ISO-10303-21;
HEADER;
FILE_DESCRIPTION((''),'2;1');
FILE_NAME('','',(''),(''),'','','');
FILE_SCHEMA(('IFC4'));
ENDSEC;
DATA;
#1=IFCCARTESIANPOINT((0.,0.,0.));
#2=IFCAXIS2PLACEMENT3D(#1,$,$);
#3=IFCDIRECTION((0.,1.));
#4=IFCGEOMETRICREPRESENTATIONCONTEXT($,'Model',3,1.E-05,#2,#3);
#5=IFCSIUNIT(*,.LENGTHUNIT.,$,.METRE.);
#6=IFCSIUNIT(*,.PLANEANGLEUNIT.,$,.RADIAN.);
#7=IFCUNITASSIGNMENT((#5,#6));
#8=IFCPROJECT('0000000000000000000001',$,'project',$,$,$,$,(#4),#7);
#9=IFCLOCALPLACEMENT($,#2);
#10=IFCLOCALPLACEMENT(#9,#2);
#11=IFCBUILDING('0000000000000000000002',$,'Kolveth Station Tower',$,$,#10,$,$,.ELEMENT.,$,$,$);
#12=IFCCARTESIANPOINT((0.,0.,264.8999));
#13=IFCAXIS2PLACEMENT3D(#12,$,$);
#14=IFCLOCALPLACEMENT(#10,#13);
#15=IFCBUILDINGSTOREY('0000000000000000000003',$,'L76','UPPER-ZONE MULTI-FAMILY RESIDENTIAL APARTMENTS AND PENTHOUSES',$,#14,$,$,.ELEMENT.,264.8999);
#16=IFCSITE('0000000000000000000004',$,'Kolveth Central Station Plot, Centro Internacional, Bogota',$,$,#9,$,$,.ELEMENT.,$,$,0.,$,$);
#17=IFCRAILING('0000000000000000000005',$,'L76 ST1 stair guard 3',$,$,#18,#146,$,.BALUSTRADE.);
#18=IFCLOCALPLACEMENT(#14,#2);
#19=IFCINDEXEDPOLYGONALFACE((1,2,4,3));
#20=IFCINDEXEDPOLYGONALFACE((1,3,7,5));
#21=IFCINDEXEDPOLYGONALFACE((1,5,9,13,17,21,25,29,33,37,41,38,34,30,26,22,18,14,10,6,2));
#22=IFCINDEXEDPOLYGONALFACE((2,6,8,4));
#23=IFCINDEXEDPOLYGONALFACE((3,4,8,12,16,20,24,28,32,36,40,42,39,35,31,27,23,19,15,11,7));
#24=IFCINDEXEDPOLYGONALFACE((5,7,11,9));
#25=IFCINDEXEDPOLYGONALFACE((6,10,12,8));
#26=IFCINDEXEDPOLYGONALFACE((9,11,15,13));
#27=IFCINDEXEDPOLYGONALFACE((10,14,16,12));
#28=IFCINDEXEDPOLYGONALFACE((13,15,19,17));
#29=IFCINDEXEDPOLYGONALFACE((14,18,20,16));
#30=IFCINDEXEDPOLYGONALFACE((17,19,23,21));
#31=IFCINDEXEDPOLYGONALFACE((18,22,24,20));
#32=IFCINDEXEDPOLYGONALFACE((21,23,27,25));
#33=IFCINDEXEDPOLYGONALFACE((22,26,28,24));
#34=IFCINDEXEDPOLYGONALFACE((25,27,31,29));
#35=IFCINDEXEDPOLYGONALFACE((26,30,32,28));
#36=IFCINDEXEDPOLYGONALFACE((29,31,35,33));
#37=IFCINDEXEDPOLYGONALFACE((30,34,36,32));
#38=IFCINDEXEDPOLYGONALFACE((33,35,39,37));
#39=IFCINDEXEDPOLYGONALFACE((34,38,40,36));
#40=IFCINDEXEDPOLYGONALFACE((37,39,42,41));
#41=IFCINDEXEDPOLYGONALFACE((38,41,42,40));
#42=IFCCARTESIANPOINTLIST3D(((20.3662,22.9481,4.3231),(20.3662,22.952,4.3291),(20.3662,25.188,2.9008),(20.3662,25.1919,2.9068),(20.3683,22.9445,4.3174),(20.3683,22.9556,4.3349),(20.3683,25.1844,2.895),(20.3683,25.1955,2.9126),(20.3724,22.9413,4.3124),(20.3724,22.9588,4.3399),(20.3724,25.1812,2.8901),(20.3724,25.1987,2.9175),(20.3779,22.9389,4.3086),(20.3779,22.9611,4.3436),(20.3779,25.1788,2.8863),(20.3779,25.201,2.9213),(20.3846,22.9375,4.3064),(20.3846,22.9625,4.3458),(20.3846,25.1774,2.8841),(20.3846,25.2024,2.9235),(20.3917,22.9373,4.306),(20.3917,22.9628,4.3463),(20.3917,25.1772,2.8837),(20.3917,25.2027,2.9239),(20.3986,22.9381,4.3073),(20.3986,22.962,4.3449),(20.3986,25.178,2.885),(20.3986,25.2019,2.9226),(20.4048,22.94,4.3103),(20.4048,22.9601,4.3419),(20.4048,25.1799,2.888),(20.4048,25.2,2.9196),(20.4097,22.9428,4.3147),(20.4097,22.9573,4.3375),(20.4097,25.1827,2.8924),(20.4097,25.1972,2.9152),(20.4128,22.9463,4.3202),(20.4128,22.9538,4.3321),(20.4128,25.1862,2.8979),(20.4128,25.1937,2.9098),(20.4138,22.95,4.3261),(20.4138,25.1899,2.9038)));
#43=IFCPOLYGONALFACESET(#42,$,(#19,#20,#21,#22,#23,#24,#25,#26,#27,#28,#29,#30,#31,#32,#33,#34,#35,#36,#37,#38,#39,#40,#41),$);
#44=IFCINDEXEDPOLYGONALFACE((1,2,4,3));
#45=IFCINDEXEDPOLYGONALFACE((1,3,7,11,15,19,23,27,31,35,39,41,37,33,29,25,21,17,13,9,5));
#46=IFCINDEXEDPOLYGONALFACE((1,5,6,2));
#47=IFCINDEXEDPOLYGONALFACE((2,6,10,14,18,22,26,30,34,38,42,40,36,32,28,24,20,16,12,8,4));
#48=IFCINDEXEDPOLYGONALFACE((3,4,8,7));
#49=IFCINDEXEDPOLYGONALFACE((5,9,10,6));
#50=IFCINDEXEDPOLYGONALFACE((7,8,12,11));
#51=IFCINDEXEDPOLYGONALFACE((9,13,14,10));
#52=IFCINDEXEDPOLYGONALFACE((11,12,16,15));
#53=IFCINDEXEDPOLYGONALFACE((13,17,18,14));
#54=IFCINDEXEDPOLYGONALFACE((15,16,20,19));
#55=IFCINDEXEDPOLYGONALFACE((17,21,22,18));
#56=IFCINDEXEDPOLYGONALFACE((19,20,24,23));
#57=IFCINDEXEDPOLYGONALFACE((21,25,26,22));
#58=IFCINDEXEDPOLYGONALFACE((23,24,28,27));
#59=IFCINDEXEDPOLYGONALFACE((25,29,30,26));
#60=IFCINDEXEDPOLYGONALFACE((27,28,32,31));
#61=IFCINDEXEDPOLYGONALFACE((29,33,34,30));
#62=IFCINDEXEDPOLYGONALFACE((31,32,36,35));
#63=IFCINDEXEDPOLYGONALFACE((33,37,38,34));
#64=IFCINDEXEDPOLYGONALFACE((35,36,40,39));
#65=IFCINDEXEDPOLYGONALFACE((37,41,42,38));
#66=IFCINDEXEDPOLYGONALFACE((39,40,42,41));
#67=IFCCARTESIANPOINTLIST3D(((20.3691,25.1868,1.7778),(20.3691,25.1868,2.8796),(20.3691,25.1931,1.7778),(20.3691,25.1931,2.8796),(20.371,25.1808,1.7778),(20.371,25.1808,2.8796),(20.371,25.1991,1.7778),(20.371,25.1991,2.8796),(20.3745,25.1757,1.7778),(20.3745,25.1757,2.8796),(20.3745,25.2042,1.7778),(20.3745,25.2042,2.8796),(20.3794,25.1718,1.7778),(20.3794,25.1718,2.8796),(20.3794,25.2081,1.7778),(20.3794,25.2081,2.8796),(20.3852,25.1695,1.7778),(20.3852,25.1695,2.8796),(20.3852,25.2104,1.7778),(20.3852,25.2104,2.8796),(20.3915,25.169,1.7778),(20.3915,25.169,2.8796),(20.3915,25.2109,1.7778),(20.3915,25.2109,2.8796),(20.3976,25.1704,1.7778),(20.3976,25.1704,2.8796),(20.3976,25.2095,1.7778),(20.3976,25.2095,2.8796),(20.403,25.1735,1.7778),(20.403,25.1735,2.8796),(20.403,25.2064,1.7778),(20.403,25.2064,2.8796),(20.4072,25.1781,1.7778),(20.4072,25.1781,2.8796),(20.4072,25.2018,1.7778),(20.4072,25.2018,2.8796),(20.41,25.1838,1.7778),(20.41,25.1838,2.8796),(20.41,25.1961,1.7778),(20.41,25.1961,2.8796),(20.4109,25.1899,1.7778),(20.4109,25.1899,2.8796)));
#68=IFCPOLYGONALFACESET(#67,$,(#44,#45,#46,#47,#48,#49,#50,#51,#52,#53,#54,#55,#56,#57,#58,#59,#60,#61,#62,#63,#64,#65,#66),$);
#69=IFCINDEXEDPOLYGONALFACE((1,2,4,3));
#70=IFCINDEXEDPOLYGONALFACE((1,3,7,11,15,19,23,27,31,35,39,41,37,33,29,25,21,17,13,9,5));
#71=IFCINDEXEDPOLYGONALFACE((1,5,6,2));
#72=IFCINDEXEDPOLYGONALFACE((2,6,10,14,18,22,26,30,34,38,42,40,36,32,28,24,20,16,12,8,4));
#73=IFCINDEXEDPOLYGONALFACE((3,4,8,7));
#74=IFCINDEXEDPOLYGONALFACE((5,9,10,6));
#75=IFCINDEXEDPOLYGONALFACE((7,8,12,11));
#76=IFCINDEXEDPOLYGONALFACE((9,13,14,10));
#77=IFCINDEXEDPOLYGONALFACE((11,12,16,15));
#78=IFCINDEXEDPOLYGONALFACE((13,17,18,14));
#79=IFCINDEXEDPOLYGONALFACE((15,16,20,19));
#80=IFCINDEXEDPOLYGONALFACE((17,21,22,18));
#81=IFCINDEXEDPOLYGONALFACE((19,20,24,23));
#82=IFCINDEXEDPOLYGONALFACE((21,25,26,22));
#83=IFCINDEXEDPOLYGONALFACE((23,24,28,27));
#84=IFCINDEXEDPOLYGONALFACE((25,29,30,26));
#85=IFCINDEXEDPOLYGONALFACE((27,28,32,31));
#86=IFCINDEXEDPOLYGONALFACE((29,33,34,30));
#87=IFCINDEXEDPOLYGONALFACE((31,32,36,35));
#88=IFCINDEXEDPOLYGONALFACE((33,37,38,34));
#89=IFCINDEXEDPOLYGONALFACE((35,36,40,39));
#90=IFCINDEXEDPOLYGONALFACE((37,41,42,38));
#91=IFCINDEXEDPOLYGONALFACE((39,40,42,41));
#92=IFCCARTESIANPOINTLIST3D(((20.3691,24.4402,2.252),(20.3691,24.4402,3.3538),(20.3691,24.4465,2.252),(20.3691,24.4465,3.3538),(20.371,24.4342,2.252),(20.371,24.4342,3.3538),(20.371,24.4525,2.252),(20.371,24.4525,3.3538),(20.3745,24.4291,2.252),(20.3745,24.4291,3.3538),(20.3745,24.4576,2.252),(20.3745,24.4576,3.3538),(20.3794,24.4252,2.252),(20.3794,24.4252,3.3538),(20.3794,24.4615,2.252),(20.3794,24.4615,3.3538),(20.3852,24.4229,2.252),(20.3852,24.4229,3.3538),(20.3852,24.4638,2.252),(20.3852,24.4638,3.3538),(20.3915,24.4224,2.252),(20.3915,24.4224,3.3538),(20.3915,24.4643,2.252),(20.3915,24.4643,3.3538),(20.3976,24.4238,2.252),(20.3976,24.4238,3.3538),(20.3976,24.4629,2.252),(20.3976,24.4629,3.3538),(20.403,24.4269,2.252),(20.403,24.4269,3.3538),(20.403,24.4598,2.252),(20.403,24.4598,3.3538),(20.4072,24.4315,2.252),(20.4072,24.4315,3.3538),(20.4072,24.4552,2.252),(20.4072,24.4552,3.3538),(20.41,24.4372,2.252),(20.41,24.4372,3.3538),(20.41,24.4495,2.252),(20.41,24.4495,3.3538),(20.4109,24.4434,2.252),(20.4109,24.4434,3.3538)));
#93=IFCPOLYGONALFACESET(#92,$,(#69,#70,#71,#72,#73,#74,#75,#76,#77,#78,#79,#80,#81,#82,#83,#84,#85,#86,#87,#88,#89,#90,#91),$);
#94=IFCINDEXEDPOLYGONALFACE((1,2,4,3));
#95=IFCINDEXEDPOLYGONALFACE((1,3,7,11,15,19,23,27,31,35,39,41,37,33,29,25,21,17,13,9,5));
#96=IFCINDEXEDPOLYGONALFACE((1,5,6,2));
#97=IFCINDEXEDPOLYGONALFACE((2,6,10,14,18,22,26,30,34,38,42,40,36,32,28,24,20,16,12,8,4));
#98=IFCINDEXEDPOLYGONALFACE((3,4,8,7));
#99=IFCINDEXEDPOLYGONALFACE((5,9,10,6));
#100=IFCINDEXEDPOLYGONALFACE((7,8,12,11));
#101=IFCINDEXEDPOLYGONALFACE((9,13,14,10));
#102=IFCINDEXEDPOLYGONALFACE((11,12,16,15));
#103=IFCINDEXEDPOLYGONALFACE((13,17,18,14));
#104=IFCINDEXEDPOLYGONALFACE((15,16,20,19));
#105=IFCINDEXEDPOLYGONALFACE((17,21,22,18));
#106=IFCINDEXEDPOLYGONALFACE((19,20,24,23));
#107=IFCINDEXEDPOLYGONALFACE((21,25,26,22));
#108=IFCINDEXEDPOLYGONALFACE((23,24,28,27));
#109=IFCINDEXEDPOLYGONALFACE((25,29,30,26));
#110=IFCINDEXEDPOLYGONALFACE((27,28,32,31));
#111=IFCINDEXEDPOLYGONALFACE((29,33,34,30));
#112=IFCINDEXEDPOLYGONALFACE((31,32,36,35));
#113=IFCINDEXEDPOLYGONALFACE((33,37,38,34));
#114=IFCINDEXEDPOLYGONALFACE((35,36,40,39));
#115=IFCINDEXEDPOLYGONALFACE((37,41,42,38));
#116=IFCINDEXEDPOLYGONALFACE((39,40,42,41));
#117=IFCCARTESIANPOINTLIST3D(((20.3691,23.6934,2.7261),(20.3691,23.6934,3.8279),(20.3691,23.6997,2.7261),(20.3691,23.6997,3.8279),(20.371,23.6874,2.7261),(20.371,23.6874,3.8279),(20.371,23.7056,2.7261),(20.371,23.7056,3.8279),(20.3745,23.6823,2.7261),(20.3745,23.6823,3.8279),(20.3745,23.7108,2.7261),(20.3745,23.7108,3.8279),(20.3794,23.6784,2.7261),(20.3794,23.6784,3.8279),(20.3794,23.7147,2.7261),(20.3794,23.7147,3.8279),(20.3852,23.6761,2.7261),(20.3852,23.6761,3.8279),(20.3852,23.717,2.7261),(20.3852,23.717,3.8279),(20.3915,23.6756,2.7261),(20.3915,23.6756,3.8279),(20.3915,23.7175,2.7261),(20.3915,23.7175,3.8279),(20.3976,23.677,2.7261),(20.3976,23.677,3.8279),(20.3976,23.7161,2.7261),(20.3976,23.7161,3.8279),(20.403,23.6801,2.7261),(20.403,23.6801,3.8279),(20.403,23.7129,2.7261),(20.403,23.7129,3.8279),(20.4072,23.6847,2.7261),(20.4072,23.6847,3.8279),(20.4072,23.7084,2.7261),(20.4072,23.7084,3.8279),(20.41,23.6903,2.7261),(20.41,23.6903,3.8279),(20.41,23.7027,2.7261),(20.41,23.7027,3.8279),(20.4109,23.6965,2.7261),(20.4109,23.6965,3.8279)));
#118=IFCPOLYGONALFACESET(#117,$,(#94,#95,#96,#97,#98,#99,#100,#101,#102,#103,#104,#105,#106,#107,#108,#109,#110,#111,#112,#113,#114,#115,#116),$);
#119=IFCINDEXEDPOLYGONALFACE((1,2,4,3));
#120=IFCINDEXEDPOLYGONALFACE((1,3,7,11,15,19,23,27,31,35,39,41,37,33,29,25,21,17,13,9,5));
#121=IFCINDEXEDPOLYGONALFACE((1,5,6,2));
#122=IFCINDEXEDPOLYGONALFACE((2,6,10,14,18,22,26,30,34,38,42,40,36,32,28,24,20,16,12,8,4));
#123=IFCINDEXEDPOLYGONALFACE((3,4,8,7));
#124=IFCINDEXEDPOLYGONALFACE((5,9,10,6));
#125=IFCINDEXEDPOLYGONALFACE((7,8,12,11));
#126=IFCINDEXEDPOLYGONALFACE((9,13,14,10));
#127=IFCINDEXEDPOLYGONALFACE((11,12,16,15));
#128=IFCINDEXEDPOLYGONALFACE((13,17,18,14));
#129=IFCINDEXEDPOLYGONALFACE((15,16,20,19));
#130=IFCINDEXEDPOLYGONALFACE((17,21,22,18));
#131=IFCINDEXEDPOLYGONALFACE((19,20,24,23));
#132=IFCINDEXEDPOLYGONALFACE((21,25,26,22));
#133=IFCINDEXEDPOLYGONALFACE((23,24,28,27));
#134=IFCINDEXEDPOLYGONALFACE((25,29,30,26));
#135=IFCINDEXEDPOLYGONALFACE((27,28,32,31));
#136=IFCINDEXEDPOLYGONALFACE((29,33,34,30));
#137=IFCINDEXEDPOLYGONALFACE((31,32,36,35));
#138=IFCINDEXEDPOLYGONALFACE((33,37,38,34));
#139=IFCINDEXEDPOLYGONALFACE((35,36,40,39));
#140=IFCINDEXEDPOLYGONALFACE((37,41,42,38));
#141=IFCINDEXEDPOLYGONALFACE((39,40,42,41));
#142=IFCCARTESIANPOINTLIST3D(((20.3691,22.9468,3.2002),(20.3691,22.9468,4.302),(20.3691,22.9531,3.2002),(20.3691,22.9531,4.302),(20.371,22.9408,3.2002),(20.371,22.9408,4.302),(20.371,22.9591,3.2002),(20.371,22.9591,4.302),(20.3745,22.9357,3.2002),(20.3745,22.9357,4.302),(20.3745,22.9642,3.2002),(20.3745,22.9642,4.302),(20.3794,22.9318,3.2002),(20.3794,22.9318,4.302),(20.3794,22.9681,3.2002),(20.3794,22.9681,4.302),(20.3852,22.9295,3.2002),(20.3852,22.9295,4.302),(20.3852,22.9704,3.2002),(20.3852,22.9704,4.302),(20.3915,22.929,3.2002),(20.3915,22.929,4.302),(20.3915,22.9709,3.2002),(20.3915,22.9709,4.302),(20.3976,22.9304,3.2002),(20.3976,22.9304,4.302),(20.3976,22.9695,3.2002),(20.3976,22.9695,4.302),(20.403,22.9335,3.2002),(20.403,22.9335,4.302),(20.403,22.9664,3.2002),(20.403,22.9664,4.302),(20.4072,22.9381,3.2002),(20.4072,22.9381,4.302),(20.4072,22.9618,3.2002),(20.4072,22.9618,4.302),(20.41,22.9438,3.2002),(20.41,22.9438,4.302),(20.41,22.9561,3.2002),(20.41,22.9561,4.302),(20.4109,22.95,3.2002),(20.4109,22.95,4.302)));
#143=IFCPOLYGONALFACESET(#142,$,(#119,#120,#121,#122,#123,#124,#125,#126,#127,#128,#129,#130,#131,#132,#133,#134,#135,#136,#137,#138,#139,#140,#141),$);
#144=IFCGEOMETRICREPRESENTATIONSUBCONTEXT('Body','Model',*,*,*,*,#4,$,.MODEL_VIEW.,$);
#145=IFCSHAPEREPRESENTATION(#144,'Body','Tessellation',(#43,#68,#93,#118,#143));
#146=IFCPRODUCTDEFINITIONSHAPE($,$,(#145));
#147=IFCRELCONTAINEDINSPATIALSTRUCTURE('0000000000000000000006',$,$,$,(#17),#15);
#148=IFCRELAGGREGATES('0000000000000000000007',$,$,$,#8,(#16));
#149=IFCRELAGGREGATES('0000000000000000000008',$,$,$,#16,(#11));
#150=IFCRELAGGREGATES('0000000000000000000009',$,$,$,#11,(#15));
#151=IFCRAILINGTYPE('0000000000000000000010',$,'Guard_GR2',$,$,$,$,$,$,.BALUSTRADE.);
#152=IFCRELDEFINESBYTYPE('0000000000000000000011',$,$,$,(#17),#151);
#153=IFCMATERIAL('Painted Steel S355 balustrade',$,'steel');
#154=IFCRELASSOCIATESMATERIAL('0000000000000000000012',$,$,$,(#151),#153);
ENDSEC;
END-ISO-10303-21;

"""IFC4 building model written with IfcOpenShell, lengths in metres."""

from ifc_helpers import new_model, si_unit, direction, frame, origin, origin_2d, place, context, subcontext, project, spatial, circle, extrude, material, type_object, element, save


model = new_model("IFC4")

# Units and contexts
model_context = context("Model", 3, precision=1e-05, world=origin(), true_north=direction((0.0, 1.0)))
body_context = subcontext(model_context, "Body", "Model", "MODEL_VIEW")
ifc_project = project(units=[si_unit("LENGTHUNIT", "METRE"), si_unit("PLANEANGLEUNIT", "RADIAN")], contexts=[model_context])

# Site, building, storey
site_placement = place(None, origin())
site = spatial("IfcSite", under=ifc_project, at=site_placement, Name="Kolveth Central Station Plot, Centro Internacional, Bogota", CompositionType="ELEMENT", RefElevation=0.0)
building_placement = place(site_placement, origin())
building = spatial("IfcBuilding", under=site, at=building_placement, Name="Kolveth Station Tower", CompositionType="ELEMENT")
storey_placement = place(building_placement, frame((0.0, 0.0, 264.8999)))
storey = spatial("IfcBuildingStorey", under=building, at=storey_placement, Name="L76", Description="UPPER-ZONE MULTI-FAMILY RESIDENTIAL APARTMENTS AND PENTHOUSES", CompositionType="ELEMENT", Elevation=264.8999)

# Railing
ifc_material_1 = material(Name="Painted Steel S355 balustrade", Category="steel")
railing_type_1 = type_object("IfcRailingType", Name="Guard_GR2", PredefinedType="BALUSTRADE", material=ifc_material_1)
railing_1_placement = place(storey_placement, frame((20.3899, 25.1899, 1.7778)))
element("IfcRailing", 1, at=railing_1_placement, inside=storey, type_object=railing_type_1, Name="L76 ST1 stair guard 3", PredefinedType="BALUSTRADE", context=body_context, shape_type="SweptSolid", body=[
    extrude(circle(Radius=0.0239, at=origin_2d()), frame((0.0, 0.0, 1.126), z_axis=(0.0, -0.844188, 0.536048), x_axis=(1.0, 0.0, 0.0)), (0.0, 0.0, 1.0), 2.6533),
    extrude(circle(Radius=0.021, at=origin_2d()), origin(), (0.0, 0.0, 1.0), 1.1018),
    extrude(circle(Radius=0.021, at=origin_2d()), frame((0.0, -0.7466, 0.4741)), (0.0, 0.0, 1.0), 1.1018),
    extrude(circle(Radius=0.021, at=origin_2d()), frame((0.0, -1.4934, 0.9482)), (0.0, 0.0, 1.0), 1.1018),
    extrude(circle(Radius=0.021, at=origin_2d()), frame((0.0, -2.24, 1.4224)), (0.0, 0.0, 1.0), 1.1018),
])

save(model, "model.ifc")
